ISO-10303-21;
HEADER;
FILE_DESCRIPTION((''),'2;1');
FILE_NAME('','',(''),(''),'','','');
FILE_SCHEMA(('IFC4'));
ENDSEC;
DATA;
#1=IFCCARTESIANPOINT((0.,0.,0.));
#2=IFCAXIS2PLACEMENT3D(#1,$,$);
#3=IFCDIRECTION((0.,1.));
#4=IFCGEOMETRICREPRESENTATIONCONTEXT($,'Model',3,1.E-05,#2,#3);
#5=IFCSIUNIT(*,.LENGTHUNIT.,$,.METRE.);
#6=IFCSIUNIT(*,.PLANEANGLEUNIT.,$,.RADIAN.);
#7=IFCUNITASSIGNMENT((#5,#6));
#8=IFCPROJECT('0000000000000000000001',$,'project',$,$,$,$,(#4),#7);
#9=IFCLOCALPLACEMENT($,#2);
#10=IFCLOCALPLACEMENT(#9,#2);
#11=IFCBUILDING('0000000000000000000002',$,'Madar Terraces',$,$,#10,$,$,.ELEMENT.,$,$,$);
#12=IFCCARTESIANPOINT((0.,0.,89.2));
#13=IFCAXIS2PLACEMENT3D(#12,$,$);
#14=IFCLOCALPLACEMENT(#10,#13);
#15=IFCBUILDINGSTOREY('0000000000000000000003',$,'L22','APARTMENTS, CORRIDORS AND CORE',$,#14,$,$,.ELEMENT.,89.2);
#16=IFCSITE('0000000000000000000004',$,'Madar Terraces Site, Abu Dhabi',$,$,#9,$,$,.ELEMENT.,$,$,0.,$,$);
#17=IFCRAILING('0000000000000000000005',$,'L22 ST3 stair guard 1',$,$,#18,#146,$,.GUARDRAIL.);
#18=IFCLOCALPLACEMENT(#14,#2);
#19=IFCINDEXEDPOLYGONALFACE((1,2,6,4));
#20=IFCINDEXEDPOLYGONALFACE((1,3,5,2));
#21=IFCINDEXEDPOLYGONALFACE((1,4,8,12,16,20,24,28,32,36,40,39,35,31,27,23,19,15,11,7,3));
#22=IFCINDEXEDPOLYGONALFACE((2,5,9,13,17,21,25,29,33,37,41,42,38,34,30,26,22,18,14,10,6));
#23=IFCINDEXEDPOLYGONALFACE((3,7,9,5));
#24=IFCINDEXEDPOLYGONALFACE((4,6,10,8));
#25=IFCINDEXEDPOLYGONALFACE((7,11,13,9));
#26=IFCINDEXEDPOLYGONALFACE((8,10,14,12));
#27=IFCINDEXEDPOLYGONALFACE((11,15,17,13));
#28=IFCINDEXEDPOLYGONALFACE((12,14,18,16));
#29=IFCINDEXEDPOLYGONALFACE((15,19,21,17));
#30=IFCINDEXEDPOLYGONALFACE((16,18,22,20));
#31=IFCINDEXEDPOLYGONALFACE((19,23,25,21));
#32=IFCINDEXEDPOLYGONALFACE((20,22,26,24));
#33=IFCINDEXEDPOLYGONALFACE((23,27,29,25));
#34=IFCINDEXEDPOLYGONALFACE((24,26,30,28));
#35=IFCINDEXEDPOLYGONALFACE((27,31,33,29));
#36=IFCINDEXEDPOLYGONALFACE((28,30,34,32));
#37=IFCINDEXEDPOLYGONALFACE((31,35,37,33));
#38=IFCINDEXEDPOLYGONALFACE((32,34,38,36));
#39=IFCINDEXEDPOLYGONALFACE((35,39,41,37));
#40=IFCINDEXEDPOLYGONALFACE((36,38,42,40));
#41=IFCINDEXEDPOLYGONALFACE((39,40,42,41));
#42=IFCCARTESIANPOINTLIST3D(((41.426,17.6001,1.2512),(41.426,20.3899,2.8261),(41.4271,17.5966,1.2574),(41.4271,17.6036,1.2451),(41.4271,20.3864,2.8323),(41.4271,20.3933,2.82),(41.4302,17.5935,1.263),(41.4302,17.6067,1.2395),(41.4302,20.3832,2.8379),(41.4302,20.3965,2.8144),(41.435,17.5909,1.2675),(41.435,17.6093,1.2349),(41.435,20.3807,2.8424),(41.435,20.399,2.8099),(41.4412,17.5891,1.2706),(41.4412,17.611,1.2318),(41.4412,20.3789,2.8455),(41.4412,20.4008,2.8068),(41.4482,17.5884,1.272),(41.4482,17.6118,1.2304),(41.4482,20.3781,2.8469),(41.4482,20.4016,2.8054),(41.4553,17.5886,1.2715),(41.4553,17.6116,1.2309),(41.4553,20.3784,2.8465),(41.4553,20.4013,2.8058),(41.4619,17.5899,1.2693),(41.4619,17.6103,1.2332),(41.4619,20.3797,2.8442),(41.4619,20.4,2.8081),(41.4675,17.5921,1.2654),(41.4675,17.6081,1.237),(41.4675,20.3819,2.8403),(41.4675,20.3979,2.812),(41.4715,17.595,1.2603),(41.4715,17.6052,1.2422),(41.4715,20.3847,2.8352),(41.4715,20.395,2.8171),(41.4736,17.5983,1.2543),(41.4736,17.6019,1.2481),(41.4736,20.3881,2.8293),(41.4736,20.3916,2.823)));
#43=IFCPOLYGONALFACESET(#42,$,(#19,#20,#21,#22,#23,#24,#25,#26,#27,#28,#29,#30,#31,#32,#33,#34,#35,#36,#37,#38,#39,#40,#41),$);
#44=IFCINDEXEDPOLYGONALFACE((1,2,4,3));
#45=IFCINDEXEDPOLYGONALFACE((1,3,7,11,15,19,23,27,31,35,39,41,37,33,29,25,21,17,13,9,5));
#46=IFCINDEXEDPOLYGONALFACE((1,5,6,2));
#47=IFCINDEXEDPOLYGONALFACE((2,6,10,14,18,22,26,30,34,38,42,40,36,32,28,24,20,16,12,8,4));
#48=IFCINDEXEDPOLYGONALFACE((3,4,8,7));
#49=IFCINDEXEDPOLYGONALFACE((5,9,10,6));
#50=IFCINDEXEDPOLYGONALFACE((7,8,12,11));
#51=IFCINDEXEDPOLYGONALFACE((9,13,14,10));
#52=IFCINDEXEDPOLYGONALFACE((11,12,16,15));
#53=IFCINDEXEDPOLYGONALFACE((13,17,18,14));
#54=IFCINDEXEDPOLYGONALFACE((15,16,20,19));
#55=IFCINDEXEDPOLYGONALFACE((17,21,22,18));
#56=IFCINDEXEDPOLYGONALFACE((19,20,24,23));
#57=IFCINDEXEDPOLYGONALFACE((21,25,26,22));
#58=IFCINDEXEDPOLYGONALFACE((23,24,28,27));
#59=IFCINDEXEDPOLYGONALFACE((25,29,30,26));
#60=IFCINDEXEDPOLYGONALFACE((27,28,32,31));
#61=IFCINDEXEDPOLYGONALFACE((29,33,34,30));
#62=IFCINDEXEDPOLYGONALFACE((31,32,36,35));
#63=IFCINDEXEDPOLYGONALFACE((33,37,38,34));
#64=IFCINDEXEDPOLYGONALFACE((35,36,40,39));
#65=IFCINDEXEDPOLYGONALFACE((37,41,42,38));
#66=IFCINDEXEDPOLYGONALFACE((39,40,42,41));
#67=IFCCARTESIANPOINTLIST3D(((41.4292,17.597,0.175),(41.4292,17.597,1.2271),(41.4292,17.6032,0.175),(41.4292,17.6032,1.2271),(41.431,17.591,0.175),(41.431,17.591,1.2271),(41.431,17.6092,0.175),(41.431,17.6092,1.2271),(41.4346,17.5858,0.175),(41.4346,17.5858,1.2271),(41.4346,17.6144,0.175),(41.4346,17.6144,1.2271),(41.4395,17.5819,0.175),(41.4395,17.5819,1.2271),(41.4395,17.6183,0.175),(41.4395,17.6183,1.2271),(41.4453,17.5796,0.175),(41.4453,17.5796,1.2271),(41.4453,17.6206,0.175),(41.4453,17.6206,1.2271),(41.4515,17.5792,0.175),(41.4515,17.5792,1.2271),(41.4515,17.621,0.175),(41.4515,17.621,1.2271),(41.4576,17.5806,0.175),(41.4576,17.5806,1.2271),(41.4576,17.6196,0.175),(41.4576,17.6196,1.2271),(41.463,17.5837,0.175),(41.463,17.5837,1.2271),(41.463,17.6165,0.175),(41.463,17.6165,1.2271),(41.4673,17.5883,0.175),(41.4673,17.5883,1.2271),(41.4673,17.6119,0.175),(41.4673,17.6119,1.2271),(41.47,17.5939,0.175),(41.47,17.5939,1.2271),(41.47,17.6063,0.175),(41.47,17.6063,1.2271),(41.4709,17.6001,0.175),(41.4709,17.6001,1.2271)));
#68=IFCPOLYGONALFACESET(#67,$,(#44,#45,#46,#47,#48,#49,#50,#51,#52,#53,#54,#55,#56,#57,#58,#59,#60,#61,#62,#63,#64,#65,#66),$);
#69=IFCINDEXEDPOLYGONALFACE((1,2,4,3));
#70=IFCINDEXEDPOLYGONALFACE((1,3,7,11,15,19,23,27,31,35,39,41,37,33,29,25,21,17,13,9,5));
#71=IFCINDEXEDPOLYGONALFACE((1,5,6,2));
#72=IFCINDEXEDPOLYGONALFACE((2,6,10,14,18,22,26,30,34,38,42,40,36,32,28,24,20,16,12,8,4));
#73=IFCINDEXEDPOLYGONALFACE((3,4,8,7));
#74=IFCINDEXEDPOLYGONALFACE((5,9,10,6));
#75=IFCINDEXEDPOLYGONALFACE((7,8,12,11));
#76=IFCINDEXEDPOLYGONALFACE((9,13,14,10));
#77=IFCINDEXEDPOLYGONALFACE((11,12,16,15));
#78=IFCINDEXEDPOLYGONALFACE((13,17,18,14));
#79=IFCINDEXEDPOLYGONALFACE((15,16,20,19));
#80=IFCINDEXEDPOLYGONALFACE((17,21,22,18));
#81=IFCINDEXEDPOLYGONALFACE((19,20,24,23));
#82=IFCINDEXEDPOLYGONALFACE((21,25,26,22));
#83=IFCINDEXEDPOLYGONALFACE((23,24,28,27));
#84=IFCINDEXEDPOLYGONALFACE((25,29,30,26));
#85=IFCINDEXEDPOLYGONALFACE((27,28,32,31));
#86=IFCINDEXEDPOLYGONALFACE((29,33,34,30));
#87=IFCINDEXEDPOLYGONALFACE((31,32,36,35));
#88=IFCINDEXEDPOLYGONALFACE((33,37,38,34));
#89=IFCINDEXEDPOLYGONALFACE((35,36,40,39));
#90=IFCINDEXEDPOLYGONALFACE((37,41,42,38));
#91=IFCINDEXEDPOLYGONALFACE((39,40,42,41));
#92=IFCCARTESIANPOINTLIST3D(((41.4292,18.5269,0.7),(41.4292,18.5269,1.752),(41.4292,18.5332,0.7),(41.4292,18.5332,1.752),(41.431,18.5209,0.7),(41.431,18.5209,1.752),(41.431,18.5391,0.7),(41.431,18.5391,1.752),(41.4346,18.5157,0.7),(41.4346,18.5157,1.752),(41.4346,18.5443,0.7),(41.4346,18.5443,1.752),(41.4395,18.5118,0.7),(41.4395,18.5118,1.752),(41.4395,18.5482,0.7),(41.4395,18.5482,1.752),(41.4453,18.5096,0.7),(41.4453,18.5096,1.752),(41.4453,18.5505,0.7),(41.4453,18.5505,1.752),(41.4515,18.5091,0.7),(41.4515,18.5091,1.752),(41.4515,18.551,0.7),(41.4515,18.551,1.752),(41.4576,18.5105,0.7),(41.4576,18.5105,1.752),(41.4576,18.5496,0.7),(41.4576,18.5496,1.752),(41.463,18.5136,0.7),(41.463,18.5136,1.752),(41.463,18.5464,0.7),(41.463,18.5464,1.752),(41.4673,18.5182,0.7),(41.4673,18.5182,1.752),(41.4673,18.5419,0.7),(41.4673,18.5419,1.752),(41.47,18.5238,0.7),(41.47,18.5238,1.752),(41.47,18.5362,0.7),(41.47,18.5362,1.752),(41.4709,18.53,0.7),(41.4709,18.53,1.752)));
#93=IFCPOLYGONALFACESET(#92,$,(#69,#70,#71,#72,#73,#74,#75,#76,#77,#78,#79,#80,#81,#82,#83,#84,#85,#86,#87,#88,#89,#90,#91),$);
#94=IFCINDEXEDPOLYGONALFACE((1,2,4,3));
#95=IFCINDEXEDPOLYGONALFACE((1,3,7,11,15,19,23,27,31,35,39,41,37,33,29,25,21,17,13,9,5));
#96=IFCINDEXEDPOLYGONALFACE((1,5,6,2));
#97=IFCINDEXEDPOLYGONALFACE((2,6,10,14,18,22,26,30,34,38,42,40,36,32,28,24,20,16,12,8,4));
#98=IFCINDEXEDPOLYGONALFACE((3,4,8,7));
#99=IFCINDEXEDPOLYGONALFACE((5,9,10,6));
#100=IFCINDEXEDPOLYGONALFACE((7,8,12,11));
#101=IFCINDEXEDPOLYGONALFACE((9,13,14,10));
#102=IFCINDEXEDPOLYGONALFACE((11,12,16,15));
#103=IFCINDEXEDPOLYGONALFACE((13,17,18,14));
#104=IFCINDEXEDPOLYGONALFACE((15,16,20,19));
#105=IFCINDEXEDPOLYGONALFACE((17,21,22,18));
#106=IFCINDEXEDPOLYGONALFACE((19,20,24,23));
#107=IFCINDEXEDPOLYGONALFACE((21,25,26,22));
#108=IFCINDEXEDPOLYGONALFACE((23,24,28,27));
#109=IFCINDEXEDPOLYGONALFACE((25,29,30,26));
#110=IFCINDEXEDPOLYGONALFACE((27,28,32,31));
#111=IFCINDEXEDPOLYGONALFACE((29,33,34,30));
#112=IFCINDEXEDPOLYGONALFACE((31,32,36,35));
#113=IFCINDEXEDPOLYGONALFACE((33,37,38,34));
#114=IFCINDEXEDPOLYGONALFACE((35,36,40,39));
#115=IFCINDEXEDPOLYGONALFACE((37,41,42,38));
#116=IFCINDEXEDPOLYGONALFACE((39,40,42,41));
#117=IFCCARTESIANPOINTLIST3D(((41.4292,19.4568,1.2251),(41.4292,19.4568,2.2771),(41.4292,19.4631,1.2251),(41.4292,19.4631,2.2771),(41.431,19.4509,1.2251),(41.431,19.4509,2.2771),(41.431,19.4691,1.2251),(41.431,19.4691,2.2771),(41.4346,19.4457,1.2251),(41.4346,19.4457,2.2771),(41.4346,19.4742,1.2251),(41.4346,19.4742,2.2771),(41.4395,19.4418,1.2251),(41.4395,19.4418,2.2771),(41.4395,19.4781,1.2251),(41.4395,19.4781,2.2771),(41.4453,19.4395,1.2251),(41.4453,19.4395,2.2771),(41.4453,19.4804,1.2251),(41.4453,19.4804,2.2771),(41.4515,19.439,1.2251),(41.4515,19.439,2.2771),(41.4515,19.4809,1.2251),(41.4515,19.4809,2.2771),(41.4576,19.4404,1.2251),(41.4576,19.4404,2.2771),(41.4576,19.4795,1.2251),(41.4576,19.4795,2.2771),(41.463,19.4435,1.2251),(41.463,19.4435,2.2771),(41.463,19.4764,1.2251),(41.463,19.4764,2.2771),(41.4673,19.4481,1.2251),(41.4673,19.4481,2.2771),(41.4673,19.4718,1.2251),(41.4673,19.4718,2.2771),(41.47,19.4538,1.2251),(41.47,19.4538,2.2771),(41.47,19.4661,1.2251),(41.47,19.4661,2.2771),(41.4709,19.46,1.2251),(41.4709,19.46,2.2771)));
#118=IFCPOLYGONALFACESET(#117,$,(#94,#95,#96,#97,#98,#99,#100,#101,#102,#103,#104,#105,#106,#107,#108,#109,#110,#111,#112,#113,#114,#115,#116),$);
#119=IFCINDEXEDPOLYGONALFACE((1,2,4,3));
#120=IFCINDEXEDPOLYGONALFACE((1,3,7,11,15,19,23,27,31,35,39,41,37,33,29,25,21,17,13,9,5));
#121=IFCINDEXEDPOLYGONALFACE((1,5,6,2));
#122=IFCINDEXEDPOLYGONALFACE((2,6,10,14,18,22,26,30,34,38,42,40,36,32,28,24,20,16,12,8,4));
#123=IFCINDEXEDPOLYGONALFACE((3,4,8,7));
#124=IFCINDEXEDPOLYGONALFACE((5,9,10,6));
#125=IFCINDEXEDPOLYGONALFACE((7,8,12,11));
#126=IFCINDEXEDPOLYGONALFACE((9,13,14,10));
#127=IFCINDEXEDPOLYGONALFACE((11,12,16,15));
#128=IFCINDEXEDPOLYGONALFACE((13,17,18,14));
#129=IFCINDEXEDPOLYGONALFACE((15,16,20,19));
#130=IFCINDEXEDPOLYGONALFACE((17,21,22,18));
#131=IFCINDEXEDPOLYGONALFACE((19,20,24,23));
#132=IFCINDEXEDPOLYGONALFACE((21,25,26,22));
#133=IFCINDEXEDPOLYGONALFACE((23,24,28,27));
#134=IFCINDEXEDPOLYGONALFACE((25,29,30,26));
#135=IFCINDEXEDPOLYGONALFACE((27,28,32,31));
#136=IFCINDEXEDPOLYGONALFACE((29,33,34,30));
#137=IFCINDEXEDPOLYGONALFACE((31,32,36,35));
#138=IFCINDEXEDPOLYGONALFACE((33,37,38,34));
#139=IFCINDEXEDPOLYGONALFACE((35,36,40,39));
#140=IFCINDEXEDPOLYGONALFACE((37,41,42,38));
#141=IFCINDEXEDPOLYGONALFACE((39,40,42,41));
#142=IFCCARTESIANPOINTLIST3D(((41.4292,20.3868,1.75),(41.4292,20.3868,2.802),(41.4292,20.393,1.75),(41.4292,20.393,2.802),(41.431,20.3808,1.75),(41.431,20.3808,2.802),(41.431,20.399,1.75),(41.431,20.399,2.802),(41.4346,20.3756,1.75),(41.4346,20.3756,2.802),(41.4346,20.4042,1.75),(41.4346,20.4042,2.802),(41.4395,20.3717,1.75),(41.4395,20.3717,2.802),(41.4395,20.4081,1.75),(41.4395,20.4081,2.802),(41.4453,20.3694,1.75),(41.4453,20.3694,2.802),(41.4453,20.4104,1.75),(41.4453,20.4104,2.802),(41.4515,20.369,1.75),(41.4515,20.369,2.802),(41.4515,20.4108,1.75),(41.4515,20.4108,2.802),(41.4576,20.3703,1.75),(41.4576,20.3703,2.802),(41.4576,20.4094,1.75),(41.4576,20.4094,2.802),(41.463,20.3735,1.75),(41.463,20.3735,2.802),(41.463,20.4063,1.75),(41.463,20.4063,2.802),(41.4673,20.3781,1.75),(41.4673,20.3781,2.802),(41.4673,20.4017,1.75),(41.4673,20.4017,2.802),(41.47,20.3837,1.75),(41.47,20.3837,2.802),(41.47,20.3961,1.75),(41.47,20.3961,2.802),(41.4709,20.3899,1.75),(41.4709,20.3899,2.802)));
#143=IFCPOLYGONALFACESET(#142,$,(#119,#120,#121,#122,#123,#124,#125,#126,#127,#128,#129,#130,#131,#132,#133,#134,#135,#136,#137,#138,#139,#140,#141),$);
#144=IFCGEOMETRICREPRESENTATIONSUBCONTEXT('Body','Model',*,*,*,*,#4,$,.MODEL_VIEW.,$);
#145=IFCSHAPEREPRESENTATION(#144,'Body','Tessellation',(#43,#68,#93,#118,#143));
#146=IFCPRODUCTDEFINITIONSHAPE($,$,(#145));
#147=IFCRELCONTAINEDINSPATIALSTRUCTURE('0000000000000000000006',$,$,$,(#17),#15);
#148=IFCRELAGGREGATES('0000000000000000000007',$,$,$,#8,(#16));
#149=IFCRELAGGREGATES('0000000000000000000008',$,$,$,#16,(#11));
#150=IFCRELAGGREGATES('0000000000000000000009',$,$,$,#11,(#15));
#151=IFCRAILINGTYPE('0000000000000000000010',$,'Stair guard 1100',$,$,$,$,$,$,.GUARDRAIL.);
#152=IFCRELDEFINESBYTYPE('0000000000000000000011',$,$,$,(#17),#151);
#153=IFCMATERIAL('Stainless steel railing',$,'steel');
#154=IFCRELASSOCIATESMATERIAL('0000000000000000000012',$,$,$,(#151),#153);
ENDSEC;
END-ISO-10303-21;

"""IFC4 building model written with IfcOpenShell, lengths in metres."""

from ifc_helpers import new_model, si_unit, direction, frame, origin, origin_2d, place, context, subcontext, project, spatial, circle, extrude, material, type_object, element, save


model = new_model("IFC4")

# Units and contexts
model_context = context("Model", 3, precision=1e-05, world=origin(), true_north=direction((0.0, 1.0)))
body_context = subcontext(model_context, "Body", "Model", "MODEL_VIEW")
ifc_project = project(units=[si_unit("LENGTHUNIT", "METRE"), si_unit("PLANEANGLEUNIT", "RADIAN")], contexts=[model_context])

# Site, building, storey
site_placement = place(None, origin())
site = spatial("IfcSite", under=ifc_project, at=site_placement, Name="Madar Terraces Site, Abu Dhabi", CompositionType="ELEMENT", RefElevation=0.0)
building_placement = place(site_placement, origin())
building = spatial("IfcBuilding", under=site, at=building_placement, Name="Madar Terraces", CompositionType="ELEMENT")
storey_placement = place(building_placement, frame((0.0, 0.0, 89.2)))
storey = spatial("IfcBuildingStorey", under=building, at=storey_placement, Name="L22", Description="APARTMENTS, CORRIDORS AND CORE", CompositionType="ELEMENT", Elevation=89.2)

# Railing
ifc_material_1 = material(Name="Stainless steel railing", Category="steel")
railing_type_1 = type_object("IfcRailingType", Name="Stair guard 1100", PredefinedType="GUARDRAIL", material=ifc_material_1)
railing_1_placement = place(storey_placement, frame((41.45, 17.6001, 0.175)))
element("IfcRailing", 1, at=railing_1_placement, inside=storey, type_object=railing_type_1, Name="L22 ST3 stair guard 1", PredefinedType="GUARDRAIL", context=body_context, shape_type="SweptSolid", body=[
    extrude(circle(Radius=0.0239, at=origin_2d()), frame((0.0, 0.0, 1.0762), z_axis=(0.0, 0.870815, 0.49161), x_axis=(-1.0, 0.0, 0.0)), (0.0, 0.0, 1.0), 3.2036),
    extrude(circle(Radius=0.021, at=origin_2d()), origin(), (0.0, 0.0, 1.0), 1.052),
    extrude(circle(Radius=0.021, at=origin_2d()), frame((0.0, 0.9299, 0.5249)), (0.0, 0.0, 1.0), 1.052),
    extrude(circle(Radius=0.021, at=origin_2d()), frame((0.0, 1.8599, 1.05)), (0.0, 0.0, 1.0), 1.052),
    extrude(circle(Radius=0.021, at=origin_2d()), frame((0.0, 2.7898, 1.575)), (0.0, 0.0, 1.0), 1.052),
])

save(model, "model.ifc")
